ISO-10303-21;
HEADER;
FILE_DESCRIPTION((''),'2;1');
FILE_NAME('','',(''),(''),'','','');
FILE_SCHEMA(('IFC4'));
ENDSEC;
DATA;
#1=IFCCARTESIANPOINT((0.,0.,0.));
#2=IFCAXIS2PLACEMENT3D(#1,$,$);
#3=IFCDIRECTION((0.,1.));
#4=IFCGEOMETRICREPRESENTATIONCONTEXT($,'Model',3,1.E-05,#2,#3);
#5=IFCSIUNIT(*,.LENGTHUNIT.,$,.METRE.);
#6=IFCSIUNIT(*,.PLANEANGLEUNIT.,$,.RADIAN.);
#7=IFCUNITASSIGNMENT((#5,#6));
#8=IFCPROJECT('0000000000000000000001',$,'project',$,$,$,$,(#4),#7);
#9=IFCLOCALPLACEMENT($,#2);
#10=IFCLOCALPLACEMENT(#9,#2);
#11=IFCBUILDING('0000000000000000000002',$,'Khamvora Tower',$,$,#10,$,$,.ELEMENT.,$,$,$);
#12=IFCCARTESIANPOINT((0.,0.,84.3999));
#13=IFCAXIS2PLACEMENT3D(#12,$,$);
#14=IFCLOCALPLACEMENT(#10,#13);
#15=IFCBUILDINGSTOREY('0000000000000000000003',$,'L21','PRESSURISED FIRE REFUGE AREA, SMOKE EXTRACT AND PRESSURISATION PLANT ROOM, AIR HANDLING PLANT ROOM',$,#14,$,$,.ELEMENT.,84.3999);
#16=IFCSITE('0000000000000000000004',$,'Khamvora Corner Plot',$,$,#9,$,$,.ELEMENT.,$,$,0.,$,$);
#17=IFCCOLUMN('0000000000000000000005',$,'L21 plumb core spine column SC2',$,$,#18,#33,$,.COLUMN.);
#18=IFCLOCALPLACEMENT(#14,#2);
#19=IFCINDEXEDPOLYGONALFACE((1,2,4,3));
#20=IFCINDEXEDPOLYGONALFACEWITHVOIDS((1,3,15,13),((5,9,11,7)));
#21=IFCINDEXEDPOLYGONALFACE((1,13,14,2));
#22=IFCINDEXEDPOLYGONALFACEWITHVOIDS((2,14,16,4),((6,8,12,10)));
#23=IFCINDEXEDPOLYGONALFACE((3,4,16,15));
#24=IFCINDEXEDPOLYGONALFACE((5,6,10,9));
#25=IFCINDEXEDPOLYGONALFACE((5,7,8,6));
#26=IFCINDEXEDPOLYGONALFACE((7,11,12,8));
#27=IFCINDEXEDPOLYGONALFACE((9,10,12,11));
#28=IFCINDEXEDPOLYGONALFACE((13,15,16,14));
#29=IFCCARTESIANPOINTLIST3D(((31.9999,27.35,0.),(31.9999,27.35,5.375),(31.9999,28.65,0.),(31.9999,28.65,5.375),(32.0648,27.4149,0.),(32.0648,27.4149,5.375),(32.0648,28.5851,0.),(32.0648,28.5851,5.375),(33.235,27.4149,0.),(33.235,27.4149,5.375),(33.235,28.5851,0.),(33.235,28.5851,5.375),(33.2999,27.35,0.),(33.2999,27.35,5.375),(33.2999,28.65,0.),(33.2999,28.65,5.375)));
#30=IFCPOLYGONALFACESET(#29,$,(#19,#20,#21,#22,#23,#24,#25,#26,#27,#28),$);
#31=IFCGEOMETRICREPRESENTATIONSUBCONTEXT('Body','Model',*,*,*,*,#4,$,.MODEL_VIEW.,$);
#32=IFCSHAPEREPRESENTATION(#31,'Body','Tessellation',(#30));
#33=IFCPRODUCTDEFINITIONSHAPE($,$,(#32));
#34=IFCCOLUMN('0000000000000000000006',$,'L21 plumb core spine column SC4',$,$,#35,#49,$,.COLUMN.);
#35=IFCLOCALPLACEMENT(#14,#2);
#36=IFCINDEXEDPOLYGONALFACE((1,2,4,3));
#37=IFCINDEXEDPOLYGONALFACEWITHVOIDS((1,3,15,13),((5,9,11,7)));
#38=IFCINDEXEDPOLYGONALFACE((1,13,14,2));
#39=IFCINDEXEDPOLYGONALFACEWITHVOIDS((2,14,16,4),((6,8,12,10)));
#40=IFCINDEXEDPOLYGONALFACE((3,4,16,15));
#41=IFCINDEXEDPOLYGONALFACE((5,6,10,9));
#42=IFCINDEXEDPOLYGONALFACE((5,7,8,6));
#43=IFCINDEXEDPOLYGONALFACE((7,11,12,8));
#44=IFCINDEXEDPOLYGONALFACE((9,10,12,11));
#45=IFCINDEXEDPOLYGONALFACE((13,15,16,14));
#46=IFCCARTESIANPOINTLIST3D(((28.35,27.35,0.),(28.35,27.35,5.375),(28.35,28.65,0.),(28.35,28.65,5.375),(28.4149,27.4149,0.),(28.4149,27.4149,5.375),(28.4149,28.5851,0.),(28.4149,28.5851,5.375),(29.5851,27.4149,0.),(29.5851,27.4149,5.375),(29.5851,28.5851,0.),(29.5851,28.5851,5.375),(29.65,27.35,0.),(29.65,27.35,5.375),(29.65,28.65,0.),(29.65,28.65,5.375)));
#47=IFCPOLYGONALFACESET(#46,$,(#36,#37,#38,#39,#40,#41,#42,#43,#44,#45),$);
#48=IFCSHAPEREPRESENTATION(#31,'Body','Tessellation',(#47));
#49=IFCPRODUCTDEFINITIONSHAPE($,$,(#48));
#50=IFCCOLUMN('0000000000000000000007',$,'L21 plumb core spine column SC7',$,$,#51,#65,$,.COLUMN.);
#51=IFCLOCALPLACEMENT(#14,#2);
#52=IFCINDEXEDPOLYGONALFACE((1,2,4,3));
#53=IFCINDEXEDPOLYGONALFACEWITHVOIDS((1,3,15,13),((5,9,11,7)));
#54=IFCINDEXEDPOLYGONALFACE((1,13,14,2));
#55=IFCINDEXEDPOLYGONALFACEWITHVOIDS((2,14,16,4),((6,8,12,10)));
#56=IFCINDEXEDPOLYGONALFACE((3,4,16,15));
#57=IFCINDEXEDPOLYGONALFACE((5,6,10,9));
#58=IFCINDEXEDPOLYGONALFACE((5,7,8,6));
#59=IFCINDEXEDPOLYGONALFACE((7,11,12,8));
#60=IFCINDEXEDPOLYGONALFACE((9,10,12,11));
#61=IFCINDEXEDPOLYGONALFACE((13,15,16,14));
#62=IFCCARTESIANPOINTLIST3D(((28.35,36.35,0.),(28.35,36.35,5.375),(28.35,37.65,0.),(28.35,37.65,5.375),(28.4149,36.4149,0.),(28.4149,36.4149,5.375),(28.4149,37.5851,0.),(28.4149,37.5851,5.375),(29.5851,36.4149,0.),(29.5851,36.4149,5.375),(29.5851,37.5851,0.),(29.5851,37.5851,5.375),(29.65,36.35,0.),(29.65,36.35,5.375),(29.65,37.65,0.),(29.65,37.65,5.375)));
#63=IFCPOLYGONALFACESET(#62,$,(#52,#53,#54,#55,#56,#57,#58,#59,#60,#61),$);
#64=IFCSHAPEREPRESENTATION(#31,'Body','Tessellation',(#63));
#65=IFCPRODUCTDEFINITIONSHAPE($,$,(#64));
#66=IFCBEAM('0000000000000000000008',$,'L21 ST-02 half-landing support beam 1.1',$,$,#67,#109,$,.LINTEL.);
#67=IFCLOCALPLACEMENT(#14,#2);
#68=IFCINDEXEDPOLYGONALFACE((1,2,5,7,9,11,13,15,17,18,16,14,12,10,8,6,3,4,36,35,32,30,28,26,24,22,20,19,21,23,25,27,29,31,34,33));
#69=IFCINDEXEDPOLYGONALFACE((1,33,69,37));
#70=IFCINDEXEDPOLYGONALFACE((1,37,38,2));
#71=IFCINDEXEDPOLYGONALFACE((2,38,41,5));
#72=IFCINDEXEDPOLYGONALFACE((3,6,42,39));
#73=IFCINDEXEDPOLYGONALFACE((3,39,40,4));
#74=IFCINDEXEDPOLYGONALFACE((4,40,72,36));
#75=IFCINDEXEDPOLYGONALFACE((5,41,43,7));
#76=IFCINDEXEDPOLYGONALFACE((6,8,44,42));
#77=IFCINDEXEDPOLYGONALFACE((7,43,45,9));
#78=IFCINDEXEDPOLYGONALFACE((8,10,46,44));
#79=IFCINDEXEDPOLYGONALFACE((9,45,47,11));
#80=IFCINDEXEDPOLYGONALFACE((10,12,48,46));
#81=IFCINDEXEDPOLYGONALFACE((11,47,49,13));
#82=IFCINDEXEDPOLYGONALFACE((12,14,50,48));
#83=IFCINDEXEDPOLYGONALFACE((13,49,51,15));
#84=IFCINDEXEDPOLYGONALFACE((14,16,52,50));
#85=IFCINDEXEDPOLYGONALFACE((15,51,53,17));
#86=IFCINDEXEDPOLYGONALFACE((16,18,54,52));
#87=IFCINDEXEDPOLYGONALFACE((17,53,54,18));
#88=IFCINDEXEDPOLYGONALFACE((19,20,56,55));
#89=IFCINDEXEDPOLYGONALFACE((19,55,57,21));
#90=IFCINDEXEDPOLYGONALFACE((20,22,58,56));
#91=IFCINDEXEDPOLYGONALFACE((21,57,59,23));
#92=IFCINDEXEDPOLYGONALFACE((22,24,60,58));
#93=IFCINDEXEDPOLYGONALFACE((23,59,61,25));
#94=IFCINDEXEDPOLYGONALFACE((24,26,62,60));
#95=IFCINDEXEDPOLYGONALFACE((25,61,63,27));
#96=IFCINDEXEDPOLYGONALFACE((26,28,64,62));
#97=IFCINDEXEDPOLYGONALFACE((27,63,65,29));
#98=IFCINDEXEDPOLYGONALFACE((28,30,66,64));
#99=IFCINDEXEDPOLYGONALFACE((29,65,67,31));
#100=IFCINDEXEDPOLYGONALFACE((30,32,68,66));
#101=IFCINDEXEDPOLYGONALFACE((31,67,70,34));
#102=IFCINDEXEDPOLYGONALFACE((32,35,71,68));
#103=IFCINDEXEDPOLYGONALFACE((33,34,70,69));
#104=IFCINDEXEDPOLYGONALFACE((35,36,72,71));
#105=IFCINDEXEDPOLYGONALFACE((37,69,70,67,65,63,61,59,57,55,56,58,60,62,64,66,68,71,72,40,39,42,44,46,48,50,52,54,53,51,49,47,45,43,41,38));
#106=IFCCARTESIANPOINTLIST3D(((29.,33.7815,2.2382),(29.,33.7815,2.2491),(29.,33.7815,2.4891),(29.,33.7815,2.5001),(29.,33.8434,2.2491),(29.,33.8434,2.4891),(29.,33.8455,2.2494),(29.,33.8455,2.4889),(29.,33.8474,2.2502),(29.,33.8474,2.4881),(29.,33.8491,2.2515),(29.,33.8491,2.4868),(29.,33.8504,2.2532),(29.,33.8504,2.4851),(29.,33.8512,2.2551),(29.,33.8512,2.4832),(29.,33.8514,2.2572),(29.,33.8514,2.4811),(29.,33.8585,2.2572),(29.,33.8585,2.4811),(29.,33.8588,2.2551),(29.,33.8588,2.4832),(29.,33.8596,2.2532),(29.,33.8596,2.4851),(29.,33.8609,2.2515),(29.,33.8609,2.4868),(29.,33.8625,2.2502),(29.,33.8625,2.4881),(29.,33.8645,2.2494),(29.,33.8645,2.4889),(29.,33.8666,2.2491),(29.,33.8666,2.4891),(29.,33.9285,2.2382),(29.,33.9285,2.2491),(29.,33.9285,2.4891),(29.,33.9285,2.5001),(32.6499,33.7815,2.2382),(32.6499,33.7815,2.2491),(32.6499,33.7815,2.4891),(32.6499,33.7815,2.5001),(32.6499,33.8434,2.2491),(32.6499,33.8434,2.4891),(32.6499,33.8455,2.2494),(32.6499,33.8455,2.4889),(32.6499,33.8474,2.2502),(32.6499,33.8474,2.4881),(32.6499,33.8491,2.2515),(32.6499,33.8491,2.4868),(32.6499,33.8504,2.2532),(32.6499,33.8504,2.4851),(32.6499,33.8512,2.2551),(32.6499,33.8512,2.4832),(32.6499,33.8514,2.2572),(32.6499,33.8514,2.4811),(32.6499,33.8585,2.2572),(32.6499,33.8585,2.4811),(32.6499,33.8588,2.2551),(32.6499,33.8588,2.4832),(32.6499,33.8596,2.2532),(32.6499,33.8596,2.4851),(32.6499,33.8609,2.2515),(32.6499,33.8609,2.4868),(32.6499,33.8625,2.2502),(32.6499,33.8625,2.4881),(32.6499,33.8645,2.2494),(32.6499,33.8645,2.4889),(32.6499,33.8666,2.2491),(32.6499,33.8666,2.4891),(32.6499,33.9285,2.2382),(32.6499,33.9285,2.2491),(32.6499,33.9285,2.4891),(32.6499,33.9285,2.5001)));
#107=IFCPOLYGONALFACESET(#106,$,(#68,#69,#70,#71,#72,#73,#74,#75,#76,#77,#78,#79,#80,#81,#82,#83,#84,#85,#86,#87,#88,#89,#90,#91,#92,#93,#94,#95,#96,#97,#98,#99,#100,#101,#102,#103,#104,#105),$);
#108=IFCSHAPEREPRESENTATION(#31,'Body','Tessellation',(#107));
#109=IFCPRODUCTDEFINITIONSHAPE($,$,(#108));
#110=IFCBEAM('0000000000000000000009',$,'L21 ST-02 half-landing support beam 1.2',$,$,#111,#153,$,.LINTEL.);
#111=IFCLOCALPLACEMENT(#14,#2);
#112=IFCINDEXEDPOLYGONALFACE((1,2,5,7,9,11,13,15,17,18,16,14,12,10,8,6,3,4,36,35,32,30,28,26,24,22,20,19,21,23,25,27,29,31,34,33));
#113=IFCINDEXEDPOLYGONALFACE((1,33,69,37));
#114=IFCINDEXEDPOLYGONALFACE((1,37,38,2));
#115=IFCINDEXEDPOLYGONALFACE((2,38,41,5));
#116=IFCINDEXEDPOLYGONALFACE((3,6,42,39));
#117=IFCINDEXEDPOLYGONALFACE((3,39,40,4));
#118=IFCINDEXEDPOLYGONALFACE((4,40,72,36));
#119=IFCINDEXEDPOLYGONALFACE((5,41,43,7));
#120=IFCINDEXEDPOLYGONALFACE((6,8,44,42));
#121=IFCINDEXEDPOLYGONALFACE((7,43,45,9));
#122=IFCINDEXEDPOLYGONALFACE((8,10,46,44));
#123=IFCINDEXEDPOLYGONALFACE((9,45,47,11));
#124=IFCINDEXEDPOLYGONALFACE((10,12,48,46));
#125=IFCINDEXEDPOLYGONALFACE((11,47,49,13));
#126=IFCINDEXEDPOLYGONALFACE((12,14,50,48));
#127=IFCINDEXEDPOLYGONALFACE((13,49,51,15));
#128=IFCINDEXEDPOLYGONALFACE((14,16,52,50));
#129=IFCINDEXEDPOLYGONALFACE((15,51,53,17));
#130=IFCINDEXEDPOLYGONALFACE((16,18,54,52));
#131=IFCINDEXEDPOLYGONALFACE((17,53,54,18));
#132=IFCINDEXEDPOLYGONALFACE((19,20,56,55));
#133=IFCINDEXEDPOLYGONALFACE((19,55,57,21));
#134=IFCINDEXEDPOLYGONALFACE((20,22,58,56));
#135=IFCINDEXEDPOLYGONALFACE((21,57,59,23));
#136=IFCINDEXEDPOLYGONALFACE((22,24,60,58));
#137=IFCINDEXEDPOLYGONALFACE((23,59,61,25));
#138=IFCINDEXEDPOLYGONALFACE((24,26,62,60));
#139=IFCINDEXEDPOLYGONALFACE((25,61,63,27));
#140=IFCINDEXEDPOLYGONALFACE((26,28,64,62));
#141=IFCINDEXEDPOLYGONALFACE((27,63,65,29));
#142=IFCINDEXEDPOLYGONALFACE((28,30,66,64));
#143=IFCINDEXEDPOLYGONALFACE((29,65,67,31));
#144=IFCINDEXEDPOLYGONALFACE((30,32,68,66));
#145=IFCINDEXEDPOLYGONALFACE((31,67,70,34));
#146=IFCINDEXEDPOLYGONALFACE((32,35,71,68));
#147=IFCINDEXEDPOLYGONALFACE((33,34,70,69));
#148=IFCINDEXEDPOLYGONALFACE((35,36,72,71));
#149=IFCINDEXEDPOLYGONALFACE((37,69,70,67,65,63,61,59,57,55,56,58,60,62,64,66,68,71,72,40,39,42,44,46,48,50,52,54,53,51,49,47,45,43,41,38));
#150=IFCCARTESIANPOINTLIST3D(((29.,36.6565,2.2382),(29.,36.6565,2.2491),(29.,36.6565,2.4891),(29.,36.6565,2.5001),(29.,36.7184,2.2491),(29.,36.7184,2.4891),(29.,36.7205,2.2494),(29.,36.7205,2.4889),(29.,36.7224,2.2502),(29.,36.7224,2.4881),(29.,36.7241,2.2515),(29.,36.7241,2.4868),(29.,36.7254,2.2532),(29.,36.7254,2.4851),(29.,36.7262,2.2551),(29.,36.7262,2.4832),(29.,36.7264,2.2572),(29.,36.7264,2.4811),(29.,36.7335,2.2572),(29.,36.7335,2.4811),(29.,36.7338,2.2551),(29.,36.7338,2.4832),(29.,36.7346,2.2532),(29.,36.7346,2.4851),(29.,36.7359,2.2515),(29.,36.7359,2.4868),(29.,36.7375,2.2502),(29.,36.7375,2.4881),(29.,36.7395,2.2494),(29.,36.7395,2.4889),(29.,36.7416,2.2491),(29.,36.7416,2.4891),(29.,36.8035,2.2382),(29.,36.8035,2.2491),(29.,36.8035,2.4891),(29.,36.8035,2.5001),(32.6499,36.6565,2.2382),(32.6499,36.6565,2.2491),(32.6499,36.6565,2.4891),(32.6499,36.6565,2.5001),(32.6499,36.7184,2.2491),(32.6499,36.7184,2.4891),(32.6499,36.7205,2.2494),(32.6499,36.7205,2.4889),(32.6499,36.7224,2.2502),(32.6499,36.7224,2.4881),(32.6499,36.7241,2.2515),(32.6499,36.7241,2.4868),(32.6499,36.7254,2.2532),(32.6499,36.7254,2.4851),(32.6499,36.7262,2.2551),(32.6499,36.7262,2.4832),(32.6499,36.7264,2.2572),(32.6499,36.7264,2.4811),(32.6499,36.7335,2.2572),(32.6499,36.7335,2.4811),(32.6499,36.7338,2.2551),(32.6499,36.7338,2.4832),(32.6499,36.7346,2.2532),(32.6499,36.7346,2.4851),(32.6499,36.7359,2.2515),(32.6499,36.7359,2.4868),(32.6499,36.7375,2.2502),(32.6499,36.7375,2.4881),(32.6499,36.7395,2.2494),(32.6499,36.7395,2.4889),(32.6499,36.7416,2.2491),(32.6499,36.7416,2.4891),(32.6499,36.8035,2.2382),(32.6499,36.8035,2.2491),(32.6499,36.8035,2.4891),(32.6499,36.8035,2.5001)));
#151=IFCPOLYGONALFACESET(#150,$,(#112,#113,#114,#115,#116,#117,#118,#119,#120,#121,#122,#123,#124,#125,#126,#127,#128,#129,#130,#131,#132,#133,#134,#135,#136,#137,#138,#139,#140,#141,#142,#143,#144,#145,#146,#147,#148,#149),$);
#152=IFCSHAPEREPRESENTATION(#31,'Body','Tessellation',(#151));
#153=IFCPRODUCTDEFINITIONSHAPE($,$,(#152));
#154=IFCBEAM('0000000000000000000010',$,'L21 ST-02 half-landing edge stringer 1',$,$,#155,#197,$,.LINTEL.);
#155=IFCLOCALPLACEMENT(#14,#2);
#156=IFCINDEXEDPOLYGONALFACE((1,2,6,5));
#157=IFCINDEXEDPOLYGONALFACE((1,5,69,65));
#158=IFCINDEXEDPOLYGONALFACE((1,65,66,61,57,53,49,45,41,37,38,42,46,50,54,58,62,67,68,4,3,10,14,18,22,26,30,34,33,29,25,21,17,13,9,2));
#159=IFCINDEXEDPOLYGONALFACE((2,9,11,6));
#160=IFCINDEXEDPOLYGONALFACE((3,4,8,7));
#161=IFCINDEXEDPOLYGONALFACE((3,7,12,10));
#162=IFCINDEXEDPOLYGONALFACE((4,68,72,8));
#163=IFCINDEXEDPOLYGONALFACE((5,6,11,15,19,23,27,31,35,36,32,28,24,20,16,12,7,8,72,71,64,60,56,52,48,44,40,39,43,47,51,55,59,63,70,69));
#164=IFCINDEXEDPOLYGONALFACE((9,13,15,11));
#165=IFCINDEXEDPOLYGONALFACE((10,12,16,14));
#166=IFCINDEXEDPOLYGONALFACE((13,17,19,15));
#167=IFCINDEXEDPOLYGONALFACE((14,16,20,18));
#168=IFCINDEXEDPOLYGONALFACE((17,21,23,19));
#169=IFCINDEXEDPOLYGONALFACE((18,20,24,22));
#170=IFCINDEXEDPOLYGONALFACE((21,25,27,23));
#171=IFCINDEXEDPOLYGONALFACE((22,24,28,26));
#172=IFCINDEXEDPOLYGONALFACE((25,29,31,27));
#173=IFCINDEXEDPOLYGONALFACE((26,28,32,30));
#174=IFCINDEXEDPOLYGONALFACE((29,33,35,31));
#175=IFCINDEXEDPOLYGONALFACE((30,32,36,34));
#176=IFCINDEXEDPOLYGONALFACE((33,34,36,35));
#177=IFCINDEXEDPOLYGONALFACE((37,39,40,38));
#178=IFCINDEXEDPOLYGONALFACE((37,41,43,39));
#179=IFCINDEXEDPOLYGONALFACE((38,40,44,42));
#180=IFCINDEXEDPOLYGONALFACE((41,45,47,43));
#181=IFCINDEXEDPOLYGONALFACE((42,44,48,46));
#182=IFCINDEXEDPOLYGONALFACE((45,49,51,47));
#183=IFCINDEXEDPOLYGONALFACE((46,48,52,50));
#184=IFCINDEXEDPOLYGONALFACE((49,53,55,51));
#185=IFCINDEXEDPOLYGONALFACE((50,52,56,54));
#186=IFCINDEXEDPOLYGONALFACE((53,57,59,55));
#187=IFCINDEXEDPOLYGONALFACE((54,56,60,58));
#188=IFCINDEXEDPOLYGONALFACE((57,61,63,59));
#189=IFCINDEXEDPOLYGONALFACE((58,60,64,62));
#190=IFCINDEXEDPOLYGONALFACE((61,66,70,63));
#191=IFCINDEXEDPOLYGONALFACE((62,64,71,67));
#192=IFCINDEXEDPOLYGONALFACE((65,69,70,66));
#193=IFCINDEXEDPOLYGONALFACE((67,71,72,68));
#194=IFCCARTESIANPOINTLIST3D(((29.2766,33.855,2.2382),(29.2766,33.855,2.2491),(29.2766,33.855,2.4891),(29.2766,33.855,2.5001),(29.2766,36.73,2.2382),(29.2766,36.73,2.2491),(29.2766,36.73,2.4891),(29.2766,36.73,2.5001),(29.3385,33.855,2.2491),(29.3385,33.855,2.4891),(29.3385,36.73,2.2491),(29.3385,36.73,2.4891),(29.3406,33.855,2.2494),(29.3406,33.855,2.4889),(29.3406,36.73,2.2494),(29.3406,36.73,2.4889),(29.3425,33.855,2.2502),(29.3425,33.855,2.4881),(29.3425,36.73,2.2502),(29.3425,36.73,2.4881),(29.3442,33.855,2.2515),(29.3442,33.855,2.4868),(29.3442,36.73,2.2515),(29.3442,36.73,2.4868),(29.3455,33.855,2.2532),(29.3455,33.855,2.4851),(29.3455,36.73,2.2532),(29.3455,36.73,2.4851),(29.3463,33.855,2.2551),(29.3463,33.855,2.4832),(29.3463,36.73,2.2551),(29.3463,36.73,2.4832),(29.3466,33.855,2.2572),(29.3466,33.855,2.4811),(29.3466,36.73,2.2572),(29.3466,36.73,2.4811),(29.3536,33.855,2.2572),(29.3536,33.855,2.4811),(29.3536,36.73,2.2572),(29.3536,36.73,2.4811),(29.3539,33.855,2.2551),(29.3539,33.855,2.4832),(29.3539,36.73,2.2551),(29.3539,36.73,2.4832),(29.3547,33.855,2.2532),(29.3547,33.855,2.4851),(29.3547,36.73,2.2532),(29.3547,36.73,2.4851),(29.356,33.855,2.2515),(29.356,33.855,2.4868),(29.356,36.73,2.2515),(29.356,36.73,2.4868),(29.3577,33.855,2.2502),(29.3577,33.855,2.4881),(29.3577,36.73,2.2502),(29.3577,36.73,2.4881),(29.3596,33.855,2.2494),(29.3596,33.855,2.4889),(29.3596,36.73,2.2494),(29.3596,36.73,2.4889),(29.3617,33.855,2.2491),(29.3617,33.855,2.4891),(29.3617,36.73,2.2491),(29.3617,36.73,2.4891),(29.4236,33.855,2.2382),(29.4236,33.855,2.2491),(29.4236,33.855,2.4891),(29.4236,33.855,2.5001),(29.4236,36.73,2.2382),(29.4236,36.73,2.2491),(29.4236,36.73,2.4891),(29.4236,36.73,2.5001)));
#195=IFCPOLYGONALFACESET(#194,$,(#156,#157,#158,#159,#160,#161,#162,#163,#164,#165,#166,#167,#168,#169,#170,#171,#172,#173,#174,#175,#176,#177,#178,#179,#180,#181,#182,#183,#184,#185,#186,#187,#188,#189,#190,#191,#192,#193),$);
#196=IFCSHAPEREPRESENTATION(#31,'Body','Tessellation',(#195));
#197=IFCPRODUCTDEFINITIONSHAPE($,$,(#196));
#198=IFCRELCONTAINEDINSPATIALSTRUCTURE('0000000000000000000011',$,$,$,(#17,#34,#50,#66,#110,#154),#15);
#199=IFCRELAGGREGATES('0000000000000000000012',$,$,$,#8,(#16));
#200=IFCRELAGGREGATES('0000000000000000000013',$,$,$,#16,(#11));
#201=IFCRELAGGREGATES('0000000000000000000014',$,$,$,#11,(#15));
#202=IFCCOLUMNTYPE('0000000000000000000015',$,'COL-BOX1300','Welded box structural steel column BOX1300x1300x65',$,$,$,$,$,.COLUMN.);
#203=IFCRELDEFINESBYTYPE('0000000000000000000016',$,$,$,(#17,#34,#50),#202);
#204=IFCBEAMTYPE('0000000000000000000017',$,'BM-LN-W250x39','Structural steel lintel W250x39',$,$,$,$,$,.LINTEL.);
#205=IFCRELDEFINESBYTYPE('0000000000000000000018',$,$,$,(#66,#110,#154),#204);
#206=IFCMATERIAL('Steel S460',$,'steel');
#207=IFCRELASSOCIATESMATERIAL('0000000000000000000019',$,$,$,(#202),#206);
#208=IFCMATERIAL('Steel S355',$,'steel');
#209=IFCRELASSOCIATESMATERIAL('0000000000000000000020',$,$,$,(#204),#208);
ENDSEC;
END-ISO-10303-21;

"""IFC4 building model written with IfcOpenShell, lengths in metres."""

from ifc_helpers import new_model, si_unit, direction, frame, origin, origin_2d, place, context, subcontext, project, spatial, hollow_rectangle, i_section, extrude, material, material_profile, profile_set, type_object, element, save


model = new_model("IFC4")

# Units and contexts
model_context = context("Model", 3, precision=1e-05, world=origin(), true_north=direction((0.0, 1.0)))
body_context = subcontext(model_context, "Body", "Model", "MODEL_VIEW")
ifc_project = project(units=[si_unit("LENGTHUNIT", "METRE"), si_unit("PLANEANGLEUNIT", "RADIAN")], contexts=[model_context])

# Site, building, storey
site_placement = place(None, origin())
site = spatial("IfcSite", under=ifc_project, at=site_placement, Name="Khamvora Corner Plot", CompositionType="ELEMENT", RefElevation=0.0)
building_placement = place(site_placement, origin())
building = spatial("IfcBuilding", under=site, at=building_placement, Name="Khamvora Tower", CompositionType="ELEMENT")
storey_placement = place(building_placement, frame((0.0, 0.0, 84.3999)))
storey = spatial("IfcBuildingStorey", under=building, at=storey_placement, Name="L21", Description="PRESSURISED FIRE REFUGE AREA, SMOKE EXTRACT AND PRESSURISATION PLANT ROOM, AIR HANDLING PLANT ROOM", CompositionType="ELEMENT", Elevation=84.3999)

# Columns
ifc_material_1 = material(Name="Steel S460", Category="steel")
ifc_material_profile_1 = material_profile(ifc_material_1, hollow_rectangle(XDim=1.3, YDim=1.3, WallThickness=0.0649, at=origin_2d()), Name="BOX1300x1300x65")
ifc_profile_set_1 = profile_set([ifc_material_profile_1], Name="Steel S460")
column_type = type_object("IfcColumnType", Name="COL-BOX1300", Description="Welded box structural steel column BOX1300x1300x65", PredefinedType="COLUMN", material=ifc_profile_set_1)
for number, where, z_axis, x_axis, name in (
    (1, (32.6499, 28.0, 0.0), (0.0, 0.0, 1.0), (1.0, 0.0, 0.0), "L21 plumb core spine column SC2"),
    (2, (29.0, 28.0, 0.0), (0.0, 0.0, 1.0), (1.0, 0.0, 0.0), "L21 plumb core spine column SC4"),
    (3, (29.0, 37.0, 0.0), (0.0, 0.0, 1.0), (1.0, 0.0, 0.0), "L21 plumb core spine column SC7"),
):
    element("IfcColumn", number, at=place(storey_placement, frame(where, z_axis=z_axis, x_axis=x_axis)), inside=storey, type_object=column_type, Name=name, PredefinedType="COLUMN", context=body_context, shape_type="SweptSolid", body=[
        extrude(hollow_rectangle(XDim=1.3, YDim=1.3, WallThickness=0.0649, at=origin_2d()), origin(), (0.0, 0.0, 1.0), 5.375),
    ])

# Beams
ifc_material_2 = material(Name="Steel S355", Category="steel")
ifc_material_profile_2 = material_profile(ifc_material_2, i_section(OverallWidth=0.147, OverallDepth=0.262, WebThickness=0.0071, FlangeThickness=0.011, FilletRadius=0.0081, at=origin_2d()), Name="W250x39")
ifc_profile_set_2 = profile_set([ifc_material_profile_2], Name="Steel S355")
beam_type = type_object("IfcBeamType", Name="BM-LN-W250x39", Description="Structural steel lintel W250x39", PredefinedType="LINTEL", material=ifc_profile_set_2)
for number, where, z_axis, x_axis, name in (
    (4, (29.0, 33.855, 2.3691), (1.0, 0.0, 0.0), (0.0, 1.0, 0.0), "L21 ST-02 half-landing support beam 1.1"),
    (5, (29.0, 36.73, 2.3691), (1.0, 0.0, 0.0), (0.0, 1.0, 0.0), "L21 ST-02 half-landing support beam 1.2"),
):
    element("IfcBeam", number, at=place(storey_placement, frame(where, z_axis=z_axis, x_axis=x_axis)), inside=storey, type_object=beam_type, Name=name, PredefinedType="LINTEL", context=body_context, shape_type="SweptSolid", body=[
        extrude(i_section(OverallWidth=0.147, OverallDepth=0.262, WebThickness=0.0071, FlangeThickness=0.011, FilletRadius=0.0081, at=origin_2d()), origin(), (0.0, 0.0, 1.0), 3.6499),
    ])
beam_1_placement = place(storey_placement, frame((29.3501, 33.855, 2.3691), z_axis=(0.0, 1.0, 0.0), x_axis=(-1.0, 0.0, 0.0)))
element("IfcBeam", 6, at=beam_1_placement, inside=storey, type_object=beam_type, Name="L21 ST-02 half-landing edge stringer 1", PredefinedType="LINTEL", context=body_context, shape_type="SweptSolid", body=[
    extrude(i_section(OverallWidth=0.147, OverallDepth=0.262, WebThickness=0.0071, FlangeThickness=0.011, FilletRadius=0.0081, at=origin_2d()), origin(), (0.0, 0.0, 1.0), 2.875),
])

save(model, "model.ifc")
